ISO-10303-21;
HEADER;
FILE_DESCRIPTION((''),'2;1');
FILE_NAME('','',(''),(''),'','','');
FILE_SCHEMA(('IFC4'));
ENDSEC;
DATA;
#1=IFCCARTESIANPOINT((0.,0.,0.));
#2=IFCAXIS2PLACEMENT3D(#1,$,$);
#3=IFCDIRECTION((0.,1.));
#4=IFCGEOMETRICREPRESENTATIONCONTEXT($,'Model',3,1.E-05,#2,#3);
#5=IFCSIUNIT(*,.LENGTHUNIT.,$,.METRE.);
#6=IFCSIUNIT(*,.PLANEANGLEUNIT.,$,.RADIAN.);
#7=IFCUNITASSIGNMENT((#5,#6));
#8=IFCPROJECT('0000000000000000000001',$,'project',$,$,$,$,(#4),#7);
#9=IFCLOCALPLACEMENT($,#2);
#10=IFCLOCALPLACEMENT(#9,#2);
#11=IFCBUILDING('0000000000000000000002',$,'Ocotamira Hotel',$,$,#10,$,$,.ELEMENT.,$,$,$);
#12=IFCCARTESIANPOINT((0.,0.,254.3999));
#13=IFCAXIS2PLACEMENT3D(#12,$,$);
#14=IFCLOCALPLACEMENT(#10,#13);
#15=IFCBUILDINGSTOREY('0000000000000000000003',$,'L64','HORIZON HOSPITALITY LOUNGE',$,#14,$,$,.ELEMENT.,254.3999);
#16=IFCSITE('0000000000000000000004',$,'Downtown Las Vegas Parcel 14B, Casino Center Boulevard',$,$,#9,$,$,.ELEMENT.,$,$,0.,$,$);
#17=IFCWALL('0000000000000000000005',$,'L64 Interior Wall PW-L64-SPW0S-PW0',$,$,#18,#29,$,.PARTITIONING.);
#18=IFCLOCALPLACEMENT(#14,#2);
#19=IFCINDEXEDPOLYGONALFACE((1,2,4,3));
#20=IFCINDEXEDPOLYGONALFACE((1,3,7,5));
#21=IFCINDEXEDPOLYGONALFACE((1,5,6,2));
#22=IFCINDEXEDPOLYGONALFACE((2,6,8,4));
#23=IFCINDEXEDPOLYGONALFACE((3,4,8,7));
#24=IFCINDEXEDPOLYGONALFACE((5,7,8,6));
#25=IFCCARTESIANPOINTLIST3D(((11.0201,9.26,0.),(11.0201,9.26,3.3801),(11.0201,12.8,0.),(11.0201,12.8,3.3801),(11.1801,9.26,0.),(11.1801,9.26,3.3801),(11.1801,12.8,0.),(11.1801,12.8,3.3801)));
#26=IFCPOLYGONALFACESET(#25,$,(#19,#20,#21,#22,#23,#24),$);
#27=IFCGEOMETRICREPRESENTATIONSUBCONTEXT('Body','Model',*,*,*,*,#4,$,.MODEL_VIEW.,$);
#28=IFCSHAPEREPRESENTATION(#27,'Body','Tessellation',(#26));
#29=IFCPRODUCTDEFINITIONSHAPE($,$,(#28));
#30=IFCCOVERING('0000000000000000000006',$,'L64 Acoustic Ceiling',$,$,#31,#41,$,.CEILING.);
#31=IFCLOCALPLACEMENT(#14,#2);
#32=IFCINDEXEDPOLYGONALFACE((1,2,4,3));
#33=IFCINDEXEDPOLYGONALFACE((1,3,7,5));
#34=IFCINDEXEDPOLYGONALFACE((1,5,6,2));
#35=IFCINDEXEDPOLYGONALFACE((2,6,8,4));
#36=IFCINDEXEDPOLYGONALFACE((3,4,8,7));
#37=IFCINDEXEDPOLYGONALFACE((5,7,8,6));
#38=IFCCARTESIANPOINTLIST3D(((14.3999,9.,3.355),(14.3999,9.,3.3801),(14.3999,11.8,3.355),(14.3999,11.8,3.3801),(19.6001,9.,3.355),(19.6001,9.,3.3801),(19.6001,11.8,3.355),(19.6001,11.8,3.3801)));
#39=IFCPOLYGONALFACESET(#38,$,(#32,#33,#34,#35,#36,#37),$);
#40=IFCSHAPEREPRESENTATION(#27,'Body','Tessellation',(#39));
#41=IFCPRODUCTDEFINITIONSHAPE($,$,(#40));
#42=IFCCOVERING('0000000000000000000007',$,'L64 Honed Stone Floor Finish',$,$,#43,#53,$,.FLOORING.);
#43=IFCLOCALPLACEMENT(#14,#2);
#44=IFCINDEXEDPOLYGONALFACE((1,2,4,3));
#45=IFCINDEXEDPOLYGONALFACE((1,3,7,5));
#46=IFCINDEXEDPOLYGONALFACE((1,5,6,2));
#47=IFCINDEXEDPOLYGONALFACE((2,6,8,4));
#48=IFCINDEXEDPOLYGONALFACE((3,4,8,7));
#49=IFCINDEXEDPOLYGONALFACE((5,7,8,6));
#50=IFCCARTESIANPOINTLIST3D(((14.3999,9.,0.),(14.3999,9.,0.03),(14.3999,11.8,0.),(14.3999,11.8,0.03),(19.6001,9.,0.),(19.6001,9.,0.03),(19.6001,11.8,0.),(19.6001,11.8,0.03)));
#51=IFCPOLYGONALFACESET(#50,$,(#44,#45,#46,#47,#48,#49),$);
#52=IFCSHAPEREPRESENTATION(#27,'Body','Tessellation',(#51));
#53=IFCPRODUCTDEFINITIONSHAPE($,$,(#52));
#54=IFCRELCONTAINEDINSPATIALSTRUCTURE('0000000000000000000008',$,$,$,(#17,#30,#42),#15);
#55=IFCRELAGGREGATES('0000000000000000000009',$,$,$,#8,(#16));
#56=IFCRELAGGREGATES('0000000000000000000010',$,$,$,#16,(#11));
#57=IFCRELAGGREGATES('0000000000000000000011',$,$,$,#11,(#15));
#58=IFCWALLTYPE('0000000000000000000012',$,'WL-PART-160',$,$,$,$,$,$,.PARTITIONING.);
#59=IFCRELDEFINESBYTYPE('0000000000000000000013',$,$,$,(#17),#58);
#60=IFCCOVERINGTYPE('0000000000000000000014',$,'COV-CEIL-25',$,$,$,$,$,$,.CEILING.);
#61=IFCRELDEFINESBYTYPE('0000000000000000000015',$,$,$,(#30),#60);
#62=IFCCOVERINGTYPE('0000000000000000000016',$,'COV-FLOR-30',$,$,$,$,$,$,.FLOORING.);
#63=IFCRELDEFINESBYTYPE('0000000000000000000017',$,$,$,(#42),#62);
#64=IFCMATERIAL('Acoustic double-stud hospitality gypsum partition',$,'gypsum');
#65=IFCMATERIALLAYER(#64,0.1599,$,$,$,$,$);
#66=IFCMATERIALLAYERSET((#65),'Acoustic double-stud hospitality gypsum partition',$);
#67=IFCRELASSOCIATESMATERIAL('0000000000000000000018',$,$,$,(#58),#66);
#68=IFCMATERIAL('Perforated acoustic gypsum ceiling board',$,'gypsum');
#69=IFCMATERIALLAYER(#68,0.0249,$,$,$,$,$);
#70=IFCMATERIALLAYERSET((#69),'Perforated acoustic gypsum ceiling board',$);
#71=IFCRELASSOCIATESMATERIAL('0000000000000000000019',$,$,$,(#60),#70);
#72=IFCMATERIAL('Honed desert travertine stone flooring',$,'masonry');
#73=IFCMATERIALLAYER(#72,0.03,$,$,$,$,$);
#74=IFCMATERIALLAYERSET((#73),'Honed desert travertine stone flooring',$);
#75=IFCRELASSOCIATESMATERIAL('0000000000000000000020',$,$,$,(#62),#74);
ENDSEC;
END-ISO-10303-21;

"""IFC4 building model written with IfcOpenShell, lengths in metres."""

from ifc_helpers import new_model, si_unit, direction, frame, frame_2d, origin, place, context, subcontext, project, spatial, polyline, rectangle, outline, extrude, material, layer, layer_set, type_object, element, save


model = new_model("IFC4")

# Units and contexts
model_context = context("Model", 3, precision=1e-05, world=origin(), true_north=direction((0.0, 1.0)))
body_context = subcontext(model_context, "Body", "Model", "MODEL_VIEW")
ifc_project = project(units=[si_unit("LENGTHUNIT", "METRE"), si_unit("PLANEANGLEUNIT", "RADIAN")], contexts=[model_context])

# Site, building, storey
site_placement = place(None, origin())
site = spatial("IfcSite", under=ifc_project, at=site_placement, Name="Downtown Las Vegas Parcel 14B, Casino Center Boulevard", CompositionType="ELEMENT", RefElevation=0.0)
building_placement = place(site_placement, origin())
building = spatial("IfcBuilding", under=site, at=building_placement, Name="Ocotamira Hotel", CompositionType="ELEMENT")
storey_placement = place(building_placement, frame((0.0, 0.0, 254.3999)))
storey = spatial("IfcBuildingStorey", under=building, at=storey_placement, Name="L64", Description="HORIZON HOSPITALITY LOUNGE", CompositionType="ELEMENT", Elevation=254.3999)

# Wall
ifc_material_1 = material(Name="Acoustic double-stud hospitality gypsum partition", Category="gypsum")
ifc_layer_1 = layer(ifc_material_1, 0.1599)
ifc_layer_set_1 = layer_set([ifc_layer_1], Name="Acoustic double-stud hospitality gypsum partition")
wall_type_1 = type_object("IfcWallType", Name="WL-PART-160", PredefinedType="PARTITIONING", material=ifc_layer_set_1)
wall_1_placement = place(storey_placement, frame((11.1001, 9.26, 0.0), z_axis=(0.0, 0.0, 1.0), x_axis=(0.0, 1.0, 0.0)))
element("IfcWall", 1, at=wall_1_placement, inside=storey, type_object=wall_type_1, Name="L64 Interior Wall PW-L64-SPW0S-PW0", PredefinedType="PARTITIONING", context=body_context, shape_type="SweptSolid", body=[
    extrude(rectangle(XDim=3.54, YDim=0.1599, at=frame_2d((1.77, 0.0))), origin(), (0.0, 0.0, 1.0), 3.3801),
])

# Coverings
ifc_material_2 = material(Name="Perforated acoustic gypsum ceiling board", Category="gypsum")
ifc_layer_2 = layer(ifc_material_2, 0.0249)
ifc_layer_set_2 = layer_set([ifc_layer_2], Name="Perforated acoustic gypsum ceiling board")
covering_type_1 = type_object("IfcCoveringType", Name="COV-CEIL-25", PredefinedType="CEILING", material=ifc_layer_set_2)
covering_1_placement = place(storey_placement, frame((0.0, 0.0, 3.355)))
element("IfcCovering", 2, at=covering_1_placement, inside=storey, type_object=covering_type_1, Name="L64 Acoustic Ceiling", PredefinedType="CEILING", context=body_context, shape_type="SweptSolid", body=[
    extrude(outline(polyline([(14.3999, 9.0), (19.6001, 9.0), (19.6001, 11.8), (14.3999, 11.8), (14.3999, 9.0)])), origin(), (0.0, 0.0, 1.0), 0.0251),
])
ifc_material_3 = material(Name="Honed desert travertine stone flooring", Category="masonry")
ifc_layer_3 = layer(ifc_material_3, 0.03)
ifc_layer_set_3 = layer_set([ifc_layer_3], Name="Honed desert travertine stone flooring")
covering_type_2 = type_object("IfcCoveringType", Name="COV-FLOR-30", PredefinedType="FLOORING", material=ifc_layer_set_3)
covering_2_placement = place(storey_placement, origin())
element("IfcCovering", 3, at=covering_2_placement, inside=storey, type_object=covering_type_2, Name="L64 Honed Stone Floor Finish", PredefinedType="FLOORING", context=body_context, shape_type="SweptSolid", body=[
    extrude(outline(polyline([(14.3999, 9.0), (19.6001, 9.0), (19.6001, 11.8), (14.3999, 11.8), (14.3999, 9.0)])), origin(), (0.0, 0.0, 1.0), 0.03),
])

save(model, "model.ifc")
